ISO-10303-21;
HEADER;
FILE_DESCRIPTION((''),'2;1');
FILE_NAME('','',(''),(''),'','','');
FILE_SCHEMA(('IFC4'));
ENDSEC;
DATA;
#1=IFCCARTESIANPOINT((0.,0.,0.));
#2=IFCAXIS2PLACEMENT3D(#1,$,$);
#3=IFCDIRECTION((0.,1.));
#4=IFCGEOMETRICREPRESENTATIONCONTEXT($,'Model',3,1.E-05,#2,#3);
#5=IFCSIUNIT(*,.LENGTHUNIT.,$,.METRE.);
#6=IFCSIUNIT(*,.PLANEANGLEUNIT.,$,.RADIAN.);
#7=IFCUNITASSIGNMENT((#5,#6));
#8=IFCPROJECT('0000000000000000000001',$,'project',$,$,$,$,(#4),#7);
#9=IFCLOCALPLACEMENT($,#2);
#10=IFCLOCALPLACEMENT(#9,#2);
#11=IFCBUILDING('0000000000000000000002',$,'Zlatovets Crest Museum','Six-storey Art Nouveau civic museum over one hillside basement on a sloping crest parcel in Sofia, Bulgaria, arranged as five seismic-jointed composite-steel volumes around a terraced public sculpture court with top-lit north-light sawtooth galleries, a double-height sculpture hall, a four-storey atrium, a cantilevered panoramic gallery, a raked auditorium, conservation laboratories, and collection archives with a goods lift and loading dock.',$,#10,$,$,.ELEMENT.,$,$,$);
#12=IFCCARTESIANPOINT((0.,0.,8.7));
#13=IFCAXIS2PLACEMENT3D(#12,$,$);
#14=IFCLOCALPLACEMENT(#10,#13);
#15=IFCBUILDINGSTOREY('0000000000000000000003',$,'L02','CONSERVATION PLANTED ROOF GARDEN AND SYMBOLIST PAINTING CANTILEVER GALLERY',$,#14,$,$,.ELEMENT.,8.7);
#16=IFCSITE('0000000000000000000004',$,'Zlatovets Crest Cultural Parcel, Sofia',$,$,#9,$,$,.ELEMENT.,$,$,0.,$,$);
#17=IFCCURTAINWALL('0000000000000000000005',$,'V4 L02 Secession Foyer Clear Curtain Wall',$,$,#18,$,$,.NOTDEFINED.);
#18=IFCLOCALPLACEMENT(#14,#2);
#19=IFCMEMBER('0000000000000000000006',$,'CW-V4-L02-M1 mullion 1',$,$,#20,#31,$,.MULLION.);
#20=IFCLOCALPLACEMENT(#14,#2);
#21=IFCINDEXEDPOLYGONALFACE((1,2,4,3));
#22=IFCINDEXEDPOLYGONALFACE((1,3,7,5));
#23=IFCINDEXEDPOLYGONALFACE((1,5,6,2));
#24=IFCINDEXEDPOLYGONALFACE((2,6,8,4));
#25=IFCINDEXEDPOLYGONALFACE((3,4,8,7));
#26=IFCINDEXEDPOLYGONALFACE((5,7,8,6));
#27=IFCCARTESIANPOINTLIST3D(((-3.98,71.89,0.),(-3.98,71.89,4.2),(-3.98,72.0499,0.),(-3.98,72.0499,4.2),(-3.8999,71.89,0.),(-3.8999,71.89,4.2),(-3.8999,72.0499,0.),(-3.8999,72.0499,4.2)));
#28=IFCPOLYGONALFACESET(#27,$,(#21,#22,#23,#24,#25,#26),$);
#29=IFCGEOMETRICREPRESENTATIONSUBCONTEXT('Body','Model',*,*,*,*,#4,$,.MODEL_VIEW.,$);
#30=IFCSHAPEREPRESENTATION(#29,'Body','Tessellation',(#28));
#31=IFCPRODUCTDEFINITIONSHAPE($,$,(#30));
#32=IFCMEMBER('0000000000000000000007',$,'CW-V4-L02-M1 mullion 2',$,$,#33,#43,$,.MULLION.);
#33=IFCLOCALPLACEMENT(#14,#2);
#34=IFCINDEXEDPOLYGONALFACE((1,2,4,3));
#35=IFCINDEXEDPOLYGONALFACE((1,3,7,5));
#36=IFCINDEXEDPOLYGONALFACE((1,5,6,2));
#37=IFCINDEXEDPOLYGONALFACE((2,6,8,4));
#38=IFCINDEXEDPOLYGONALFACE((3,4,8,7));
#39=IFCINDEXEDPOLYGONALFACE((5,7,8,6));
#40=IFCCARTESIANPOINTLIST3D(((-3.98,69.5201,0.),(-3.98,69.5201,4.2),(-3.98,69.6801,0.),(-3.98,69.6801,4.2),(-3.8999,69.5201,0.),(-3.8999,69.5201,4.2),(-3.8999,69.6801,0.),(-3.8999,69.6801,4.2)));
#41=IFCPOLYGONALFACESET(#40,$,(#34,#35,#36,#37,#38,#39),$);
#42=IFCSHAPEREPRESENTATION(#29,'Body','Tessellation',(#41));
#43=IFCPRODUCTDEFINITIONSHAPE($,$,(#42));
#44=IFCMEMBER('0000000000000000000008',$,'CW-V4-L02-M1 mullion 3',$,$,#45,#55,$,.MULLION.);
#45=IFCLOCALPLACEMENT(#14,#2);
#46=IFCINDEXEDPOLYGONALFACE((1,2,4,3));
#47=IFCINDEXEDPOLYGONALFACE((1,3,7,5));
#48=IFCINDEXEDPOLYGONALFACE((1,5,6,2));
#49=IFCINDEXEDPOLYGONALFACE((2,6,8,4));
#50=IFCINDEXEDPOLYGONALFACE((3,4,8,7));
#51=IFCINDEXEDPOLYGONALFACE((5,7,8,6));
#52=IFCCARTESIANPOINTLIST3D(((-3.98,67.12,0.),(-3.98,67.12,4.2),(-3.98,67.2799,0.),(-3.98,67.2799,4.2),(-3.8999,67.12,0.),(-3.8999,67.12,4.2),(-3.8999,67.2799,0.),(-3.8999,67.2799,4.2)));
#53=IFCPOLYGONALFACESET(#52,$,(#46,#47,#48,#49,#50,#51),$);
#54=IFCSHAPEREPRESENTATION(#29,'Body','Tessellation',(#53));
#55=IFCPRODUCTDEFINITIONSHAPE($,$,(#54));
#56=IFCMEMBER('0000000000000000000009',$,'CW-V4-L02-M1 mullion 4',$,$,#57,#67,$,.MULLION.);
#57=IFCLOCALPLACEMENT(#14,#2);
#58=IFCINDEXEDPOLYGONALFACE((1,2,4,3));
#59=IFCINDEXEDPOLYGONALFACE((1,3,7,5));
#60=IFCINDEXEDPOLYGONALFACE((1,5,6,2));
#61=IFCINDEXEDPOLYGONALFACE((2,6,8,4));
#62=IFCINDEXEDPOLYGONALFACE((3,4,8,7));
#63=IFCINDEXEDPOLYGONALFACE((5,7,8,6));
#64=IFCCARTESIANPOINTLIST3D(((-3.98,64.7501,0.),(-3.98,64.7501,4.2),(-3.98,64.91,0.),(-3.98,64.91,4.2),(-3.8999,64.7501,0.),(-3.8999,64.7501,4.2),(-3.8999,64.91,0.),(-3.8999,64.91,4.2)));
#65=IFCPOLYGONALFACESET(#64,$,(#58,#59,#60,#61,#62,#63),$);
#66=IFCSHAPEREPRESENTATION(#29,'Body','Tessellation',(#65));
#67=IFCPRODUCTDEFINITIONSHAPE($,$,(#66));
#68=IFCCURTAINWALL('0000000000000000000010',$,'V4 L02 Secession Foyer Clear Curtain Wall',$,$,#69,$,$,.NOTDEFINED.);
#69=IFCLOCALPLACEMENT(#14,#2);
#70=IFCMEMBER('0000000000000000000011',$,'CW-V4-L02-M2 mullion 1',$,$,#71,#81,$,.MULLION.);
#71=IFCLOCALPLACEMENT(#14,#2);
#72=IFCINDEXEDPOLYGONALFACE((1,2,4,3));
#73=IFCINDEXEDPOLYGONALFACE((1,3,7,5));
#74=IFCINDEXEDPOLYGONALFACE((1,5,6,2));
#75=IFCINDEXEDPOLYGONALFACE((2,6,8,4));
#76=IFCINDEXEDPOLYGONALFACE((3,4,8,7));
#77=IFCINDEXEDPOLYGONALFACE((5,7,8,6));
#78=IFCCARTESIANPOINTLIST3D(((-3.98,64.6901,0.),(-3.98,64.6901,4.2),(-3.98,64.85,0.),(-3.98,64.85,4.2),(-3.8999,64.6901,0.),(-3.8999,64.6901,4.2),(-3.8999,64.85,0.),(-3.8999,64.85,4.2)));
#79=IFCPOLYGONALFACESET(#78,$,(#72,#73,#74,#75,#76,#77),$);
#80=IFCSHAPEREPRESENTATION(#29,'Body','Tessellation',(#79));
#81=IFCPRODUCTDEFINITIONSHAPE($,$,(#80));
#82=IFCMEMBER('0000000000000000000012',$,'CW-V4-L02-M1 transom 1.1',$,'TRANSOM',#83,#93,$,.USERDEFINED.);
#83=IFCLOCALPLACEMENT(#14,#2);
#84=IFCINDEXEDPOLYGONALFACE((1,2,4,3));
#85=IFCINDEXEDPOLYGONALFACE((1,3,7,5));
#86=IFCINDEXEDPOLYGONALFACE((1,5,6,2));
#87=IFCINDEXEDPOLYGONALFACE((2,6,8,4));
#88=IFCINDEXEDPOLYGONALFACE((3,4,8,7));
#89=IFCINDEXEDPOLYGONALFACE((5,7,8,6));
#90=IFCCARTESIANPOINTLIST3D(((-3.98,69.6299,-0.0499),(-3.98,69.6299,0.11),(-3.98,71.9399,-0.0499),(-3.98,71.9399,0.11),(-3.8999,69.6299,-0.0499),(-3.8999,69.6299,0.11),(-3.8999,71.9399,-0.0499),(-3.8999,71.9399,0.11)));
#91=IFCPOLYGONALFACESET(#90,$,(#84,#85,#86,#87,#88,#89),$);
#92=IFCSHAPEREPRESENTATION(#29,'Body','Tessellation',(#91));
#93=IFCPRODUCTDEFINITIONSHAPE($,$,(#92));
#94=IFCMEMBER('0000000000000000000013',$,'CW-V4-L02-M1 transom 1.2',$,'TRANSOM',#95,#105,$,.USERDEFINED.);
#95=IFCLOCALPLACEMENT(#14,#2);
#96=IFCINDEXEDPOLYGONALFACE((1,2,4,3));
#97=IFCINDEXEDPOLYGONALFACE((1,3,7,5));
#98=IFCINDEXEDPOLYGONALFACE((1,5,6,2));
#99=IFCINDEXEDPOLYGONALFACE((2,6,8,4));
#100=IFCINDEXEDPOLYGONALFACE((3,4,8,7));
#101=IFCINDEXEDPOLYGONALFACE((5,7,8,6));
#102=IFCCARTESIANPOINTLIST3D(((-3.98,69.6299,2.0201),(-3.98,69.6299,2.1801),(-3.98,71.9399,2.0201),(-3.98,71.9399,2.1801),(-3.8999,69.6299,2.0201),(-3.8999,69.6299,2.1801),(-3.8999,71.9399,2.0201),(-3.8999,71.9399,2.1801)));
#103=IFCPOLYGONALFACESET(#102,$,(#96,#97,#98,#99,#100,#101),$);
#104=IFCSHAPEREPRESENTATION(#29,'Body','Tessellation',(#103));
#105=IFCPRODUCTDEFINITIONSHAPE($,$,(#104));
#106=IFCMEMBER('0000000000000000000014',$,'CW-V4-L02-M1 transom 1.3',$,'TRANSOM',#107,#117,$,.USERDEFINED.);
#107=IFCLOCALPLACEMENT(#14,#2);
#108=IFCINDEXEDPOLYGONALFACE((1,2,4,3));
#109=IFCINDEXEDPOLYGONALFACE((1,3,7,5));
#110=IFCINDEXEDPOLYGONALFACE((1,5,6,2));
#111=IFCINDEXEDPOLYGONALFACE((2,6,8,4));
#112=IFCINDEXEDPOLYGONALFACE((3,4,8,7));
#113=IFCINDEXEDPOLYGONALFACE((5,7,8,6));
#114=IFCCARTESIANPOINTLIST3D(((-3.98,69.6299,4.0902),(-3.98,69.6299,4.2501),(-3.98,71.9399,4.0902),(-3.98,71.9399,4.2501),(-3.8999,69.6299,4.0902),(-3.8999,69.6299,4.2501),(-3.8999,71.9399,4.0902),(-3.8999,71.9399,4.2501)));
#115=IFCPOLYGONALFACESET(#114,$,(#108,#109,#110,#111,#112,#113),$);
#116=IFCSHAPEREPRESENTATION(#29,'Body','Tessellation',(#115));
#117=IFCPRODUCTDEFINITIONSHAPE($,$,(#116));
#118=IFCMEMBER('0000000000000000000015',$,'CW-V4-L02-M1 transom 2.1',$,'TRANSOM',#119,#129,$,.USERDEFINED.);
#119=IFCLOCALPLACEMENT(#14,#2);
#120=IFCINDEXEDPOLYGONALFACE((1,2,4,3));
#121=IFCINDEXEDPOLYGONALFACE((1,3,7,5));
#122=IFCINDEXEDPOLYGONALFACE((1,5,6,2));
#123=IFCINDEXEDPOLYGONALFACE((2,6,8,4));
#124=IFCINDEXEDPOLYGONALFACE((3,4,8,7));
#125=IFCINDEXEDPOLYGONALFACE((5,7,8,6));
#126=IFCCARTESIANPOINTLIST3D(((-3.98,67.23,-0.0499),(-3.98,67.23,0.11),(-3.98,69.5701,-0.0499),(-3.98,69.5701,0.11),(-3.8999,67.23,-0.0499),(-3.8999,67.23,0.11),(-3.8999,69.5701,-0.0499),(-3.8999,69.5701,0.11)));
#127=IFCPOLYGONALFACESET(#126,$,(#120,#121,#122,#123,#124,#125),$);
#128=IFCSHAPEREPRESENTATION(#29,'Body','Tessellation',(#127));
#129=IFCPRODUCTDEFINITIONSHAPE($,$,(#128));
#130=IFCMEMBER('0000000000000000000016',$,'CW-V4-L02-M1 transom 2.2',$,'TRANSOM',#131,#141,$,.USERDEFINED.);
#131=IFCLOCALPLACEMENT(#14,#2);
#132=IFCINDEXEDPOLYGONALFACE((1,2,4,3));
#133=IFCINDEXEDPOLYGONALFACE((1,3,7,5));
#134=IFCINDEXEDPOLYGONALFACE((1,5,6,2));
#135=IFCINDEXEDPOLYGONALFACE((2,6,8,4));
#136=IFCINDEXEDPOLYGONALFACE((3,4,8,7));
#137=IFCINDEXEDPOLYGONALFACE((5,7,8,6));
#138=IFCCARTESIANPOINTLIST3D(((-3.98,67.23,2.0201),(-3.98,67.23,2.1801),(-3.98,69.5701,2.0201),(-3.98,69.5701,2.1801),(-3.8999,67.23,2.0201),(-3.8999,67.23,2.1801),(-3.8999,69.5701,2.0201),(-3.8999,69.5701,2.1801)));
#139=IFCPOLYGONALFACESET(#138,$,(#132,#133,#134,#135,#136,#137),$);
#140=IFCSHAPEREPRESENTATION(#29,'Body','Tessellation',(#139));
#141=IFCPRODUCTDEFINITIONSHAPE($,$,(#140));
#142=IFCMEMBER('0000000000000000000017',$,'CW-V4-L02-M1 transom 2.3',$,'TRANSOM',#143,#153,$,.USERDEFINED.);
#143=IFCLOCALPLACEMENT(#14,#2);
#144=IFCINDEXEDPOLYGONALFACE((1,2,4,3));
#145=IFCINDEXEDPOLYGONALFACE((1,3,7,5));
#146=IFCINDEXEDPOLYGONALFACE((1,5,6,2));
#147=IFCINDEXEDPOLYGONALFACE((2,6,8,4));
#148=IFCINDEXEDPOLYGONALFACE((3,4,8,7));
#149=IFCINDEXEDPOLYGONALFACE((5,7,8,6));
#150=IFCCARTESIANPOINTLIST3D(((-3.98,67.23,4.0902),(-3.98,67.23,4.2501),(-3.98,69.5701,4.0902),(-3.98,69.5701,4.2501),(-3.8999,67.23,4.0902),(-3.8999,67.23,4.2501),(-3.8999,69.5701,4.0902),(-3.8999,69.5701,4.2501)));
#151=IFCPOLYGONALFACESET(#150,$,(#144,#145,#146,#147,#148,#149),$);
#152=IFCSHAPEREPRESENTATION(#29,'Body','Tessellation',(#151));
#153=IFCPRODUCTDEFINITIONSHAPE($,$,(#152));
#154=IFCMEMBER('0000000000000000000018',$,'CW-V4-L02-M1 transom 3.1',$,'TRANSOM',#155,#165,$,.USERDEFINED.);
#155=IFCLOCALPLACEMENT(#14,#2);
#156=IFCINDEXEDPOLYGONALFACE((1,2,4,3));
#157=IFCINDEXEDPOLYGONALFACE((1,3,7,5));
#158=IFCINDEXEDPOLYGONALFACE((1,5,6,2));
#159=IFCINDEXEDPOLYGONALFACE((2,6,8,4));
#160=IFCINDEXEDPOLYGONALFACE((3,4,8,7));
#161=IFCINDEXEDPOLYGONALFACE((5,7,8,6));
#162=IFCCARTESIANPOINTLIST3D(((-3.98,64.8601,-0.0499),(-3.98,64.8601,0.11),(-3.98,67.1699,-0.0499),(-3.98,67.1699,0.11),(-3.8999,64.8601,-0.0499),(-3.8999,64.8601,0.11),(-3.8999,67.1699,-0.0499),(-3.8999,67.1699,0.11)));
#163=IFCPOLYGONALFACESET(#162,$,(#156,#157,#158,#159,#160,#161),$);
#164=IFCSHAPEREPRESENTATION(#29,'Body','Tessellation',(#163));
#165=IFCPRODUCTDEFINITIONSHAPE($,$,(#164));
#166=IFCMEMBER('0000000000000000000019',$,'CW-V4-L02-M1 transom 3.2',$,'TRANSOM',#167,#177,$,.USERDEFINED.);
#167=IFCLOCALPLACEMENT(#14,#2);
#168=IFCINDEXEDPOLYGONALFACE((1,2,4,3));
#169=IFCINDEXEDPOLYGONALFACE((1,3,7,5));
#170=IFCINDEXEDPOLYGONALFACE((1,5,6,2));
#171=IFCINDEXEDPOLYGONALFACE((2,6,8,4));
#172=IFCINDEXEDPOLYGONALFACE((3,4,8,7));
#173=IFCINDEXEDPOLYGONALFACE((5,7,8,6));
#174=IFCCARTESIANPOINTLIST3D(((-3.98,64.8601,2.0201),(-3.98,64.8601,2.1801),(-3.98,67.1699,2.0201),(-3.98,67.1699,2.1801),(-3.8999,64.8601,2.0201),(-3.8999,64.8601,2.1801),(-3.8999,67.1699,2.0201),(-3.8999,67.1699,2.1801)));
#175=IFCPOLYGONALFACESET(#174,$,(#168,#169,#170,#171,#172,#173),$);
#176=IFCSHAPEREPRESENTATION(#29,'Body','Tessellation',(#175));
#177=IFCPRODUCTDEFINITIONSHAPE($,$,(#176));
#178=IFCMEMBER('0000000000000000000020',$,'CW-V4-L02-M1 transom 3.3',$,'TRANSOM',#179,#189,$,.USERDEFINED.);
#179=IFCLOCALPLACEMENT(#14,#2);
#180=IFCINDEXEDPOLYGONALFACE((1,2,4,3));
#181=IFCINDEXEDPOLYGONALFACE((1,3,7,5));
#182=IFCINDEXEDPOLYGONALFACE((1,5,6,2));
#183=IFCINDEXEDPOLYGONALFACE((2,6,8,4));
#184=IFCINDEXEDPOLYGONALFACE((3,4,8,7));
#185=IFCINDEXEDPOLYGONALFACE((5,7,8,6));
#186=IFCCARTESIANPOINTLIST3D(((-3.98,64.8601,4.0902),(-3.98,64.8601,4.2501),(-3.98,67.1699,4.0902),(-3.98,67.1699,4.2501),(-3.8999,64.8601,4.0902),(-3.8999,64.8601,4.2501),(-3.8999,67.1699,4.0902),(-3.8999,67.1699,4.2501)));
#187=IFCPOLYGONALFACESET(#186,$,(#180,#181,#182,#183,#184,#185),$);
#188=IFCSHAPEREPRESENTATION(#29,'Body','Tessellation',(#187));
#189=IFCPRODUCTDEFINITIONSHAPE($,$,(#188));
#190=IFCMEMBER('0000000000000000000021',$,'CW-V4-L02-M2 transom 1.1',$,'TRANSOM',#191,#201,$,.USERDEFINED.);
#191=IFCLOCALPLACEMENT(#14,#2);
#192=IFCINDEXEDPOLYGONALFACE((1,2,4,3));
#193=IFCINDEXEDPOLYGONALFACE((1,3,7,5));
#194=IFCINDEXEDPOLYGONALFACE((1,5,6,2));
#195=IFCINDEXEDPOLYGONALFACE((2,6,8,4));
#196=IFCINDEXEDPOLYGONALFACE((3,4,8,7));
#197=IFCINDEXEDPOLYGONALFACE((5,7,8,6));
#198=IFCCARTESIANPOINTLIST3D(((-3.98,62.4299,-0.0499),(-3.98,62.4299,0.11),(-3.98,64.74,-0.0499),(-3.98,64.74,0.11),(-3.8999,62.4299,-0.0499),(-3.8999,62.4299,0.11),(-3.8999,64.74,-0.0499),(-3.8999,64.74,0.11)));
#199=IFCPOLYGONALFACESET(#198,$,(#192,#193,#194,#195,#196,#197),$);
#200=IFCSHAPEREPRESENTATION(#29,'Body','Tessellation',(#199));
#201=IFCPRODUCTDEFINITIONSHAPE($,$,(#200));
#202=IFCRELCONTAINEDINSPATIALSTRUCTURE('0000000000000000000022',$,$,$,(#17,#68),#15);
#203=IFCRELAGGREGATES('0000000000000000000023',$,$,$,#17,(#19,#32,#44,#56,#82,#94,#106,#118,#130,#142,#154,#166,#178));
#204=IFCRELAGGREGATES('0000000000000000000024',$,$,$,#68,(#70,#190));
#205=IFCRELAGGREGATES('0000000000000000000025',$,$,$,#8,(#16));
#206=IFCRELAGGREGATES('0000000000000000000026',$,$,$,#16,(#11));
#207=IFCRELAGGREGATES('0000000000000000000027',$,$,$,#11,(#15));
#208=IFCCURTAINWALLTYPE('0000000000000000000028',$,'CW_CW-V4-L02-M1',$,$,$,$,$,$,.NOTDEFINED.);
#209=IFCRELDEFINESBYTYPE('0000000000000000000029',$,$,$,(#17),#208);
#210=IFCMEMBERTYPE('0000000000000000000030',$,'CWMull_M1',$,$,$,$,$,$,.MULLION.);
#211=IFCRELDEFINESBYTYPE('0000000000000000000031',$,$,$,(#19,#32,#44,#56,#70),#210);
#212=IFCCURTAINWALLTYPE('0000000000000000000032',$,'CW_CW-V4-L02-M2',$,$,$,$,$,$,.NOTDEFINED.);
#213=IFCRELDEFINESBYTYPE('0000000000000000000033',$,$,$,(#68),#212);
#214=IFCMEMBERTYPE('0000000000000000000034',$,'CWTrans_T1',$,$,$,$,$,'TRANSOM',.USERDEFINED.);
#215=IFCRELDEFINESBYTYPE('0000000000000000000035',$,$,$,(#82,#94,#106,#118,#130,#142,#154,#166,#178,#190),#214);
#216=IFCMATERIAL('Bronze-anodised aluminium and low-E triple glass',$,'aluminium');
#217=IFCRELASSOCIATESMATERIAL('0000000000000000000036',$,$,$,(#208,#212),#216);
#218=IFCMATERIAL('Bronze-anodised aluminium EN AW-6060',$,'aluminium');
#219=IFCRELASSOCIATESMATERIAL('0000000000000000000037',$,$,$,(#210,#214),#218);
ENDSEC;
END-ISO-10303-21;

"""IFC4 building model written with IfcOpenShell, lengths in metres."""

from ifc_helpers import new_model, si_unit, direction, frame, origin, origin_2d, place, context, subcontext, project, spatial, rectangle, extrude, material, material_profile, profile_set, type_object, element, aggregate, save


model = new_model("IFC4")

# Units and contexts
model_context = context("Model", 3, precision=1e-05, world=origin(), true_north=direction((0.0, 1.0)))
body_context = subcontext(model_context, "Body", "Model", "MODEL_VIEW")
ifc_project = project(units=[si_unit("LENGTHUNIT", "METRE"), si_unit("PLANEANGLEUNIT", "RADIAN")], contexts=[model_context])

# Site, building, storey
site_placement = place(None, origin())
site = spatial("IfcSite", under=ifc_project, at=site_placement, Name="Zlatovets Crest Cultural Parcel, Sofia", CompositionType="ELEMENT", RefElevation=0.0)
building_placement = place(site_placement, origin())
building = spatial("IfcBuilding", under=site, at=building_placement, Name="Zlatovets Crest Museum", Description="Six-storey Art Nouveau civic museum over one hillside basement on a sloping crest parcel in Sofia, Bulgaria, arranged as five seismic-jointed composite-steel volumes around a terraced public sculpture court with top-lit north-light sawtooth galleries, a double-height sculpture hall, a four-storey atrium, a cantilevered panoramic gallery, a raked auditorium, conservation laboratories, and collection archives with a goods lift and loading dock.", CompositionType="ELEMENT")
storey_placement = place(building_placement, frame((0.0, 0.0, 8.7)))
storey = spatial("IfcBuildingStorey", under=building, at=storey_placement, Name="L02", Description="CONSERVATION PLANTED ROOF GARDEN AND SYMBOLIST PAINTING CANTILEVER GALLERY", CompositionType="ELEMENT", Elevation=8.7)

# Curtain wall, members
ifc_material_1 = material(Name="Bronze-anodised aluminium and low-E triple glass", Category="aluminium")
curtain_wall_type_1 = type_object("IfcCurtainWallType", Name="CW_CW-V4-L02-M1", PredefinedType="NOTDEFINED", material=ifc_material_1)
curtain_wall_1_placement = place(storey_placement, origin())
curtain_wall_1 = element("IfcCurtainWall", 1, at=curtain_wall_1_placement, inside=storey, type_object=curtain_wall_type_1, Name="V4 L02 Secession Foyer Clear Curtain Wall", PredefinedType="NOTDEFINED")
ifc_material_2 = material(Name="Bronze-anodised aluminium EN AW-6060", Category="aluminium")
ifc_material_profile_1 = material_profile(ifc_material_2, rectangle(XDim=0.0801, YDim=0.1599, at=origin_2d()), Name="ALU 80x160")
ifc_profile_set_1 = profile_set([ifc_material_profile_1], Name="Bronze-anodised aluminium EN AW-6060")
member_type_1 = type_object("IfcMemberType", Name="CWMull_M1", PredefinedType="MULLION", material=ifc_profile_set_1)
member_1_placement = place(storey_placement, frame((-3.9399, 71.97, 0.0), z_axis=(0.0, 0.0, 1.0), x_axis=(1.0, 0.0, 0.0)))
member_1 = element("IfcMember", 2, at=member_1_placement, type_object=member_type_1, Name="CW-V4-L02-M1 mullion 1", PredefinedType="MULLION", context=body_context, shape_type="SweptSolid", body=[
    extrude(rectangle(XDim=0.0801, YDim=0.1599, at=origin_2d()), origin(), (0.0, 0.0, 1.0), 4.2),
])
member_2_placement = place(storey_placement, frame((-3.9399, 69.6001, 0.0), z_axis=(0.0, 0.0, 1.0), x_axis=(1.0, 0.0, 0.0)))
member_2 = element("IfcMember", 3, at=member_2_placement, type_object=member_type_1, Name="CW-V4-L02-M1 mullion 2", PredefinedType="MULLION", context=body_context, shape_type="SweptSolid", body=[
    extrude(rectangle(XDim=0.0801, YDim=0.1599, at=origin_2d()), origin(), (0.0, 0.0, 1.0), 4.2),
])
member_3_placement = place(storey_placement, frame((-3.9399, 67.2, 0.0), z_axis=(0.0, 0.0, 1.0), x_axis=(1.0, 0.0, 0.0)))
member_3 = element("IfcMember", 4, at=member_3_placement, type_object=member_type_1, Name="CW-V4-L02-M1 mullion 3", PredefinedType="MULLION", context=body_context, shape_type="SweptSolid", body=[
    extrude(rectangle(XDim=0.0801, YDim=0.1599, at=origin_2d()), origin(), (0.0, 0.0, 1.0), 4.2),
])
member_4_placement = place(storey_placement, frame((-3.9399, 64.8301, 0.0), z_axis=(0.0, 0.0, 1.0), x_axis=(1.0, 0.0, 0.0)))
member_4 = element("IfcMember", 5, at=member_4_placement, type_object=member_type_1, Name="CW-V4-L02-M1 mullion 4", PredefinedType="MULLION", context=body_context, shape_type="SweptSolid", body=[
    extrude(rectangle(XDim=0.0801, YDim=0.1599, at=origin_2d()), origin(), (0.0, 0.0, 1.0), 4.2),
])

# Curtain wall, member
curtain_wall_type_2 = type_object("IfcCurtainWallType", Name="CW_CW-V4-L02-M2", PredefinedType="NOTDEFINED", material=ifc_material_1)
curtain_wall_2_placement = place(storey_placement, origin())
curtain_wall_2 = element("IfcCurtainWall", 6, at=curtain_wall_2_placement, inside=storey, type_object=curtain_wall_type_2, Name="V4 L02 Secession Foyer Clear Curtain Wall", PredefinedType="NOTDEFINED")
member_5_placement = place(storey_placement, frame((-3.9399, 64.77, 0.0), z_axis=(0.0, 0.0, 1.0), x_axis=(1.0, 0.0, 0.0)))
member_5 = element("IfcMember", 7, at=member_5_placement, type_object=member_type_1, Name="CW-V4-L02-M2 mullion 1", PredefinedType="MULLION", context=body_context, shape_type="SweptSolid", body=[
    extrude(rectangle(XDim=0.0801, YDim=0.1599, at=origin_2d()), origin(), (0.0, 0.0, 1.0), 4.2),
])

# Members
ifc_material_profile_2 = material_profile(ifc_material_2, rectangle(XDim=0.0801, YDim=0.1599, at=origin_2d()), Name="ALU 80x160")
ifc_profile_set_2 = profile_set([ifc_material_profile_2], Name="Bronze-anodised aluminium EN AW-6060")
member_type_2 = type_object("IfcMemberType", Name="CWTrans_T1", ElementType="TRANSOM", PredefinedType="USERDEFINED", material=ifc_profile_set_2)
member_6_placement = place(storey_placement, frame((-3.9399, 71.9399, 0.03), z_axis=(0.0, -1.0, 0.0), x_axis=(1.0, 0.0, 0.0)))
member_6 = element("IfcMember", 8, at=member_6_placement, type_object=member_type_2, Name="CW-V4-L02-M1 transom 1.1", ObjectType="TRANSOM", PredefinedType="USERDEFINED", context=body_context, shape_type="SweptSolid", body=[
    extrude(rectangle(XDim=0.0801, YDim=0.1599, at=origin_2d()), origin(), (0.0, 0.0, 1.0), 2.3101),
])
member_7_placement = place(storey_placement, frame((-3.9399, 71.9399, 2.1001), z_axis=(0.0, -1.0, 0.0), x_axis=(1.0, 0.0, 0.0)))
member_7 = element("IfcMember", 9, at=member_7_placement, type_object=member_type_2, Name="CW-V4-L02-M1 transom 1.2", ObjectType="TRANSOM", PredefinedType="USERDEFINED", context=body_context, shape_type="SweptSolid", body=[
    extrude(rectangle(XDim=0.0801, YDim=0.1599, at=origin_2d()), origin(), (0.0, 0.0, 1.0), 2.3101),
])
member_8_placement = place(storey_placement, frame((-3.9399, 71.9399, 4.1702), z_axis=(0.0, -1.0, 0.0), x_axis=(1.0, 0.0, 0.0)))
member_8 = element("IfcMember", 10, at=member_8_placement, type_object=member_type_2, Name="CW-V4-L02-M1 transom 1.3", ObjectType="TRANSOM", PredefinedType="USERDEFINED", context=body_context, shape_type="SweptSolid", body=[
    extrude(rectangle(XDim=0.0801, YDim=0.1599, at=origin_2d()), origin(), (0.0, 0.0, 1.0), 2.3101),
])
member_9_placement = place(storey_placement, frame((-3.9399, 69.5701, 0.03), z_axis=(0.0, -1.0, 0.0), x_axis=(1.0, 0.0, 0.0)))
member_9 = element("IfcMember", 11, at=member_9_placement, type_object=member_type_2, Name="CW-V4-L02-M1 transom 2.1", ObjectType="TRANSOM", PredefinedType="USERDEFINED", context=body_context, shape_type="SweptSolid", body=[
    extrude(rectangle(XDim=0.0801, YDim=0.1599, at=origin_2d()), origin(), (0.0, 0.0, 1.0), 2.3401),
])
member_10_placement = place(storey_placement, frame((-3.9399, 69.5701, 2.1001), z_axis=(0.0, -1.0, 0.0), x_axis=(1.0, 0.0, 0.0)))
member_10 = element("IfcMember", 12, at=member_10_placement, type_object=member_type_2, Name="CW-V4-L02-M1 transom 2.2", ObjectType="TRANSOM", PredefinedType="USERDEFINED", context=body_context, shape_type="SweptSolid", body=[
    extrude(rectangle(XDim=0.0801, YDim=0.1599, at=origin_2d()), origin(), (0.0, 0.0, 1.0), 2.3401),
])
member_11_placement = place(storey_placement, frame((-3.9399, 69.5701, 4.1702), z_axis=(0.0, -1.0, 0.0), x_axis=(1.0, 0.0, 0.0)))
member_11 = element("IfcMember", 13, at=member_11_placement, type_object=member_type_2, Name="CW-V4-L02-M1 transom 2.3", ObjectType="TRANSOM", PredefinedType="USERDEFINED", context=body_context, shape_type="SweptSolid", body=[
    extrude(rectangle(XDim=0.0801, YDim=0.1599, at=origin_2d()), origin(), (0.0, 0.0, 1.0), 2.3401),
])
member_12_placement = place(storey_placement, frame((-3.9399, 67.1699, 0.03), z_axis=(0.0, -1.0, 0.0), x_axis=(1.0, 0.0, 0.0)))
member_12 = element("IfcMember", 14, at=member_12_placement, type_object=member_type_2, Name="CW-V4-L02-M1 transom 3.1", ObjectType="TRANSOM", PredefinedType="USERDEFINED", context=body_context, shape_type="SweptSolid", body=[
    extrude(rectangle(XDim=0.0801, YDim=0.1599, at=origin_2d()), origin(), (0.0, 0.0, 1.0), 2.3098),
])
member_13_placement = place(storey_placement, frame((-3.9399, 67.1699, 2.1001), z_axis=(0.0, -1.0, 0.0), x_axis=(1.0, 0.0, 0.0)))
member_13 = element("IfcMember", 15, at=member_13_placement, type_object=member_type_2, Name="CW-V4-L02-M1 transom 3.2", ObjectType="TRANSOM", PredefinedType="USERDEFINED", context=body_context, shape_type="SweptSolid", body=[
    extrude(rectangle(XDim=0.0801, YDim=0.1599, at=origin_2d()), origin(), (0.0, 0.0, 1.0), 2.3098),
])
member_14_placement = place(storey_placement, frame((-3.9399, 67.1699, 4.1702), z_axis=(0.0, -1.0, 0.0), x_axis=(1.0, 0.0, 0.0)))
member_14 = element("IfcMember", 16, at=member_14_placement, type_object=member_type_2, Name="CW-V4-L02-M1 transom 3.3", ObjectType="TRANSOM", PredefinedType="USERDEFINED", context=body_context, shape_type="SweptSolid", body=[
    extrude(rectangle(XDim=0.0801, YDim=0.1599, at=origin_2d()), origin(), (0.0, 0.0, 1.0), 2.3098),
])
member_15_placement = place(storey_placement, frame((-3.9399, 64.74, 0.03), z_axis=(0.0, -1.0, 0.0), x_axis=(1.0, 0.0, 0.0)))
member_15 = element("IfcMember", 17, at=member_15_placement, type_object=member_type_2, Name="CW-V4-L02-M2 transom 1.1", ObjectType="TRANSOM", PredefinedType="USERDEFINED", context=body_context, shape_type="SweptSolid", body=[
    extrude(rectangle(XDim=0.0801, YDim=0.1599, at=origin_2d()), origin(), (0.0, 0.0, 1.0), 2.3101),
])

aggregate(curtain_wall_1, [member_1, member_2, member_3, member_4, member_6, member_7, member_8, member_9, member_10, member_11, member_12, member_13, member_14])
aggregate(curtain_wall_2, [member_5, member_15])

save(model, "model.ifc")
